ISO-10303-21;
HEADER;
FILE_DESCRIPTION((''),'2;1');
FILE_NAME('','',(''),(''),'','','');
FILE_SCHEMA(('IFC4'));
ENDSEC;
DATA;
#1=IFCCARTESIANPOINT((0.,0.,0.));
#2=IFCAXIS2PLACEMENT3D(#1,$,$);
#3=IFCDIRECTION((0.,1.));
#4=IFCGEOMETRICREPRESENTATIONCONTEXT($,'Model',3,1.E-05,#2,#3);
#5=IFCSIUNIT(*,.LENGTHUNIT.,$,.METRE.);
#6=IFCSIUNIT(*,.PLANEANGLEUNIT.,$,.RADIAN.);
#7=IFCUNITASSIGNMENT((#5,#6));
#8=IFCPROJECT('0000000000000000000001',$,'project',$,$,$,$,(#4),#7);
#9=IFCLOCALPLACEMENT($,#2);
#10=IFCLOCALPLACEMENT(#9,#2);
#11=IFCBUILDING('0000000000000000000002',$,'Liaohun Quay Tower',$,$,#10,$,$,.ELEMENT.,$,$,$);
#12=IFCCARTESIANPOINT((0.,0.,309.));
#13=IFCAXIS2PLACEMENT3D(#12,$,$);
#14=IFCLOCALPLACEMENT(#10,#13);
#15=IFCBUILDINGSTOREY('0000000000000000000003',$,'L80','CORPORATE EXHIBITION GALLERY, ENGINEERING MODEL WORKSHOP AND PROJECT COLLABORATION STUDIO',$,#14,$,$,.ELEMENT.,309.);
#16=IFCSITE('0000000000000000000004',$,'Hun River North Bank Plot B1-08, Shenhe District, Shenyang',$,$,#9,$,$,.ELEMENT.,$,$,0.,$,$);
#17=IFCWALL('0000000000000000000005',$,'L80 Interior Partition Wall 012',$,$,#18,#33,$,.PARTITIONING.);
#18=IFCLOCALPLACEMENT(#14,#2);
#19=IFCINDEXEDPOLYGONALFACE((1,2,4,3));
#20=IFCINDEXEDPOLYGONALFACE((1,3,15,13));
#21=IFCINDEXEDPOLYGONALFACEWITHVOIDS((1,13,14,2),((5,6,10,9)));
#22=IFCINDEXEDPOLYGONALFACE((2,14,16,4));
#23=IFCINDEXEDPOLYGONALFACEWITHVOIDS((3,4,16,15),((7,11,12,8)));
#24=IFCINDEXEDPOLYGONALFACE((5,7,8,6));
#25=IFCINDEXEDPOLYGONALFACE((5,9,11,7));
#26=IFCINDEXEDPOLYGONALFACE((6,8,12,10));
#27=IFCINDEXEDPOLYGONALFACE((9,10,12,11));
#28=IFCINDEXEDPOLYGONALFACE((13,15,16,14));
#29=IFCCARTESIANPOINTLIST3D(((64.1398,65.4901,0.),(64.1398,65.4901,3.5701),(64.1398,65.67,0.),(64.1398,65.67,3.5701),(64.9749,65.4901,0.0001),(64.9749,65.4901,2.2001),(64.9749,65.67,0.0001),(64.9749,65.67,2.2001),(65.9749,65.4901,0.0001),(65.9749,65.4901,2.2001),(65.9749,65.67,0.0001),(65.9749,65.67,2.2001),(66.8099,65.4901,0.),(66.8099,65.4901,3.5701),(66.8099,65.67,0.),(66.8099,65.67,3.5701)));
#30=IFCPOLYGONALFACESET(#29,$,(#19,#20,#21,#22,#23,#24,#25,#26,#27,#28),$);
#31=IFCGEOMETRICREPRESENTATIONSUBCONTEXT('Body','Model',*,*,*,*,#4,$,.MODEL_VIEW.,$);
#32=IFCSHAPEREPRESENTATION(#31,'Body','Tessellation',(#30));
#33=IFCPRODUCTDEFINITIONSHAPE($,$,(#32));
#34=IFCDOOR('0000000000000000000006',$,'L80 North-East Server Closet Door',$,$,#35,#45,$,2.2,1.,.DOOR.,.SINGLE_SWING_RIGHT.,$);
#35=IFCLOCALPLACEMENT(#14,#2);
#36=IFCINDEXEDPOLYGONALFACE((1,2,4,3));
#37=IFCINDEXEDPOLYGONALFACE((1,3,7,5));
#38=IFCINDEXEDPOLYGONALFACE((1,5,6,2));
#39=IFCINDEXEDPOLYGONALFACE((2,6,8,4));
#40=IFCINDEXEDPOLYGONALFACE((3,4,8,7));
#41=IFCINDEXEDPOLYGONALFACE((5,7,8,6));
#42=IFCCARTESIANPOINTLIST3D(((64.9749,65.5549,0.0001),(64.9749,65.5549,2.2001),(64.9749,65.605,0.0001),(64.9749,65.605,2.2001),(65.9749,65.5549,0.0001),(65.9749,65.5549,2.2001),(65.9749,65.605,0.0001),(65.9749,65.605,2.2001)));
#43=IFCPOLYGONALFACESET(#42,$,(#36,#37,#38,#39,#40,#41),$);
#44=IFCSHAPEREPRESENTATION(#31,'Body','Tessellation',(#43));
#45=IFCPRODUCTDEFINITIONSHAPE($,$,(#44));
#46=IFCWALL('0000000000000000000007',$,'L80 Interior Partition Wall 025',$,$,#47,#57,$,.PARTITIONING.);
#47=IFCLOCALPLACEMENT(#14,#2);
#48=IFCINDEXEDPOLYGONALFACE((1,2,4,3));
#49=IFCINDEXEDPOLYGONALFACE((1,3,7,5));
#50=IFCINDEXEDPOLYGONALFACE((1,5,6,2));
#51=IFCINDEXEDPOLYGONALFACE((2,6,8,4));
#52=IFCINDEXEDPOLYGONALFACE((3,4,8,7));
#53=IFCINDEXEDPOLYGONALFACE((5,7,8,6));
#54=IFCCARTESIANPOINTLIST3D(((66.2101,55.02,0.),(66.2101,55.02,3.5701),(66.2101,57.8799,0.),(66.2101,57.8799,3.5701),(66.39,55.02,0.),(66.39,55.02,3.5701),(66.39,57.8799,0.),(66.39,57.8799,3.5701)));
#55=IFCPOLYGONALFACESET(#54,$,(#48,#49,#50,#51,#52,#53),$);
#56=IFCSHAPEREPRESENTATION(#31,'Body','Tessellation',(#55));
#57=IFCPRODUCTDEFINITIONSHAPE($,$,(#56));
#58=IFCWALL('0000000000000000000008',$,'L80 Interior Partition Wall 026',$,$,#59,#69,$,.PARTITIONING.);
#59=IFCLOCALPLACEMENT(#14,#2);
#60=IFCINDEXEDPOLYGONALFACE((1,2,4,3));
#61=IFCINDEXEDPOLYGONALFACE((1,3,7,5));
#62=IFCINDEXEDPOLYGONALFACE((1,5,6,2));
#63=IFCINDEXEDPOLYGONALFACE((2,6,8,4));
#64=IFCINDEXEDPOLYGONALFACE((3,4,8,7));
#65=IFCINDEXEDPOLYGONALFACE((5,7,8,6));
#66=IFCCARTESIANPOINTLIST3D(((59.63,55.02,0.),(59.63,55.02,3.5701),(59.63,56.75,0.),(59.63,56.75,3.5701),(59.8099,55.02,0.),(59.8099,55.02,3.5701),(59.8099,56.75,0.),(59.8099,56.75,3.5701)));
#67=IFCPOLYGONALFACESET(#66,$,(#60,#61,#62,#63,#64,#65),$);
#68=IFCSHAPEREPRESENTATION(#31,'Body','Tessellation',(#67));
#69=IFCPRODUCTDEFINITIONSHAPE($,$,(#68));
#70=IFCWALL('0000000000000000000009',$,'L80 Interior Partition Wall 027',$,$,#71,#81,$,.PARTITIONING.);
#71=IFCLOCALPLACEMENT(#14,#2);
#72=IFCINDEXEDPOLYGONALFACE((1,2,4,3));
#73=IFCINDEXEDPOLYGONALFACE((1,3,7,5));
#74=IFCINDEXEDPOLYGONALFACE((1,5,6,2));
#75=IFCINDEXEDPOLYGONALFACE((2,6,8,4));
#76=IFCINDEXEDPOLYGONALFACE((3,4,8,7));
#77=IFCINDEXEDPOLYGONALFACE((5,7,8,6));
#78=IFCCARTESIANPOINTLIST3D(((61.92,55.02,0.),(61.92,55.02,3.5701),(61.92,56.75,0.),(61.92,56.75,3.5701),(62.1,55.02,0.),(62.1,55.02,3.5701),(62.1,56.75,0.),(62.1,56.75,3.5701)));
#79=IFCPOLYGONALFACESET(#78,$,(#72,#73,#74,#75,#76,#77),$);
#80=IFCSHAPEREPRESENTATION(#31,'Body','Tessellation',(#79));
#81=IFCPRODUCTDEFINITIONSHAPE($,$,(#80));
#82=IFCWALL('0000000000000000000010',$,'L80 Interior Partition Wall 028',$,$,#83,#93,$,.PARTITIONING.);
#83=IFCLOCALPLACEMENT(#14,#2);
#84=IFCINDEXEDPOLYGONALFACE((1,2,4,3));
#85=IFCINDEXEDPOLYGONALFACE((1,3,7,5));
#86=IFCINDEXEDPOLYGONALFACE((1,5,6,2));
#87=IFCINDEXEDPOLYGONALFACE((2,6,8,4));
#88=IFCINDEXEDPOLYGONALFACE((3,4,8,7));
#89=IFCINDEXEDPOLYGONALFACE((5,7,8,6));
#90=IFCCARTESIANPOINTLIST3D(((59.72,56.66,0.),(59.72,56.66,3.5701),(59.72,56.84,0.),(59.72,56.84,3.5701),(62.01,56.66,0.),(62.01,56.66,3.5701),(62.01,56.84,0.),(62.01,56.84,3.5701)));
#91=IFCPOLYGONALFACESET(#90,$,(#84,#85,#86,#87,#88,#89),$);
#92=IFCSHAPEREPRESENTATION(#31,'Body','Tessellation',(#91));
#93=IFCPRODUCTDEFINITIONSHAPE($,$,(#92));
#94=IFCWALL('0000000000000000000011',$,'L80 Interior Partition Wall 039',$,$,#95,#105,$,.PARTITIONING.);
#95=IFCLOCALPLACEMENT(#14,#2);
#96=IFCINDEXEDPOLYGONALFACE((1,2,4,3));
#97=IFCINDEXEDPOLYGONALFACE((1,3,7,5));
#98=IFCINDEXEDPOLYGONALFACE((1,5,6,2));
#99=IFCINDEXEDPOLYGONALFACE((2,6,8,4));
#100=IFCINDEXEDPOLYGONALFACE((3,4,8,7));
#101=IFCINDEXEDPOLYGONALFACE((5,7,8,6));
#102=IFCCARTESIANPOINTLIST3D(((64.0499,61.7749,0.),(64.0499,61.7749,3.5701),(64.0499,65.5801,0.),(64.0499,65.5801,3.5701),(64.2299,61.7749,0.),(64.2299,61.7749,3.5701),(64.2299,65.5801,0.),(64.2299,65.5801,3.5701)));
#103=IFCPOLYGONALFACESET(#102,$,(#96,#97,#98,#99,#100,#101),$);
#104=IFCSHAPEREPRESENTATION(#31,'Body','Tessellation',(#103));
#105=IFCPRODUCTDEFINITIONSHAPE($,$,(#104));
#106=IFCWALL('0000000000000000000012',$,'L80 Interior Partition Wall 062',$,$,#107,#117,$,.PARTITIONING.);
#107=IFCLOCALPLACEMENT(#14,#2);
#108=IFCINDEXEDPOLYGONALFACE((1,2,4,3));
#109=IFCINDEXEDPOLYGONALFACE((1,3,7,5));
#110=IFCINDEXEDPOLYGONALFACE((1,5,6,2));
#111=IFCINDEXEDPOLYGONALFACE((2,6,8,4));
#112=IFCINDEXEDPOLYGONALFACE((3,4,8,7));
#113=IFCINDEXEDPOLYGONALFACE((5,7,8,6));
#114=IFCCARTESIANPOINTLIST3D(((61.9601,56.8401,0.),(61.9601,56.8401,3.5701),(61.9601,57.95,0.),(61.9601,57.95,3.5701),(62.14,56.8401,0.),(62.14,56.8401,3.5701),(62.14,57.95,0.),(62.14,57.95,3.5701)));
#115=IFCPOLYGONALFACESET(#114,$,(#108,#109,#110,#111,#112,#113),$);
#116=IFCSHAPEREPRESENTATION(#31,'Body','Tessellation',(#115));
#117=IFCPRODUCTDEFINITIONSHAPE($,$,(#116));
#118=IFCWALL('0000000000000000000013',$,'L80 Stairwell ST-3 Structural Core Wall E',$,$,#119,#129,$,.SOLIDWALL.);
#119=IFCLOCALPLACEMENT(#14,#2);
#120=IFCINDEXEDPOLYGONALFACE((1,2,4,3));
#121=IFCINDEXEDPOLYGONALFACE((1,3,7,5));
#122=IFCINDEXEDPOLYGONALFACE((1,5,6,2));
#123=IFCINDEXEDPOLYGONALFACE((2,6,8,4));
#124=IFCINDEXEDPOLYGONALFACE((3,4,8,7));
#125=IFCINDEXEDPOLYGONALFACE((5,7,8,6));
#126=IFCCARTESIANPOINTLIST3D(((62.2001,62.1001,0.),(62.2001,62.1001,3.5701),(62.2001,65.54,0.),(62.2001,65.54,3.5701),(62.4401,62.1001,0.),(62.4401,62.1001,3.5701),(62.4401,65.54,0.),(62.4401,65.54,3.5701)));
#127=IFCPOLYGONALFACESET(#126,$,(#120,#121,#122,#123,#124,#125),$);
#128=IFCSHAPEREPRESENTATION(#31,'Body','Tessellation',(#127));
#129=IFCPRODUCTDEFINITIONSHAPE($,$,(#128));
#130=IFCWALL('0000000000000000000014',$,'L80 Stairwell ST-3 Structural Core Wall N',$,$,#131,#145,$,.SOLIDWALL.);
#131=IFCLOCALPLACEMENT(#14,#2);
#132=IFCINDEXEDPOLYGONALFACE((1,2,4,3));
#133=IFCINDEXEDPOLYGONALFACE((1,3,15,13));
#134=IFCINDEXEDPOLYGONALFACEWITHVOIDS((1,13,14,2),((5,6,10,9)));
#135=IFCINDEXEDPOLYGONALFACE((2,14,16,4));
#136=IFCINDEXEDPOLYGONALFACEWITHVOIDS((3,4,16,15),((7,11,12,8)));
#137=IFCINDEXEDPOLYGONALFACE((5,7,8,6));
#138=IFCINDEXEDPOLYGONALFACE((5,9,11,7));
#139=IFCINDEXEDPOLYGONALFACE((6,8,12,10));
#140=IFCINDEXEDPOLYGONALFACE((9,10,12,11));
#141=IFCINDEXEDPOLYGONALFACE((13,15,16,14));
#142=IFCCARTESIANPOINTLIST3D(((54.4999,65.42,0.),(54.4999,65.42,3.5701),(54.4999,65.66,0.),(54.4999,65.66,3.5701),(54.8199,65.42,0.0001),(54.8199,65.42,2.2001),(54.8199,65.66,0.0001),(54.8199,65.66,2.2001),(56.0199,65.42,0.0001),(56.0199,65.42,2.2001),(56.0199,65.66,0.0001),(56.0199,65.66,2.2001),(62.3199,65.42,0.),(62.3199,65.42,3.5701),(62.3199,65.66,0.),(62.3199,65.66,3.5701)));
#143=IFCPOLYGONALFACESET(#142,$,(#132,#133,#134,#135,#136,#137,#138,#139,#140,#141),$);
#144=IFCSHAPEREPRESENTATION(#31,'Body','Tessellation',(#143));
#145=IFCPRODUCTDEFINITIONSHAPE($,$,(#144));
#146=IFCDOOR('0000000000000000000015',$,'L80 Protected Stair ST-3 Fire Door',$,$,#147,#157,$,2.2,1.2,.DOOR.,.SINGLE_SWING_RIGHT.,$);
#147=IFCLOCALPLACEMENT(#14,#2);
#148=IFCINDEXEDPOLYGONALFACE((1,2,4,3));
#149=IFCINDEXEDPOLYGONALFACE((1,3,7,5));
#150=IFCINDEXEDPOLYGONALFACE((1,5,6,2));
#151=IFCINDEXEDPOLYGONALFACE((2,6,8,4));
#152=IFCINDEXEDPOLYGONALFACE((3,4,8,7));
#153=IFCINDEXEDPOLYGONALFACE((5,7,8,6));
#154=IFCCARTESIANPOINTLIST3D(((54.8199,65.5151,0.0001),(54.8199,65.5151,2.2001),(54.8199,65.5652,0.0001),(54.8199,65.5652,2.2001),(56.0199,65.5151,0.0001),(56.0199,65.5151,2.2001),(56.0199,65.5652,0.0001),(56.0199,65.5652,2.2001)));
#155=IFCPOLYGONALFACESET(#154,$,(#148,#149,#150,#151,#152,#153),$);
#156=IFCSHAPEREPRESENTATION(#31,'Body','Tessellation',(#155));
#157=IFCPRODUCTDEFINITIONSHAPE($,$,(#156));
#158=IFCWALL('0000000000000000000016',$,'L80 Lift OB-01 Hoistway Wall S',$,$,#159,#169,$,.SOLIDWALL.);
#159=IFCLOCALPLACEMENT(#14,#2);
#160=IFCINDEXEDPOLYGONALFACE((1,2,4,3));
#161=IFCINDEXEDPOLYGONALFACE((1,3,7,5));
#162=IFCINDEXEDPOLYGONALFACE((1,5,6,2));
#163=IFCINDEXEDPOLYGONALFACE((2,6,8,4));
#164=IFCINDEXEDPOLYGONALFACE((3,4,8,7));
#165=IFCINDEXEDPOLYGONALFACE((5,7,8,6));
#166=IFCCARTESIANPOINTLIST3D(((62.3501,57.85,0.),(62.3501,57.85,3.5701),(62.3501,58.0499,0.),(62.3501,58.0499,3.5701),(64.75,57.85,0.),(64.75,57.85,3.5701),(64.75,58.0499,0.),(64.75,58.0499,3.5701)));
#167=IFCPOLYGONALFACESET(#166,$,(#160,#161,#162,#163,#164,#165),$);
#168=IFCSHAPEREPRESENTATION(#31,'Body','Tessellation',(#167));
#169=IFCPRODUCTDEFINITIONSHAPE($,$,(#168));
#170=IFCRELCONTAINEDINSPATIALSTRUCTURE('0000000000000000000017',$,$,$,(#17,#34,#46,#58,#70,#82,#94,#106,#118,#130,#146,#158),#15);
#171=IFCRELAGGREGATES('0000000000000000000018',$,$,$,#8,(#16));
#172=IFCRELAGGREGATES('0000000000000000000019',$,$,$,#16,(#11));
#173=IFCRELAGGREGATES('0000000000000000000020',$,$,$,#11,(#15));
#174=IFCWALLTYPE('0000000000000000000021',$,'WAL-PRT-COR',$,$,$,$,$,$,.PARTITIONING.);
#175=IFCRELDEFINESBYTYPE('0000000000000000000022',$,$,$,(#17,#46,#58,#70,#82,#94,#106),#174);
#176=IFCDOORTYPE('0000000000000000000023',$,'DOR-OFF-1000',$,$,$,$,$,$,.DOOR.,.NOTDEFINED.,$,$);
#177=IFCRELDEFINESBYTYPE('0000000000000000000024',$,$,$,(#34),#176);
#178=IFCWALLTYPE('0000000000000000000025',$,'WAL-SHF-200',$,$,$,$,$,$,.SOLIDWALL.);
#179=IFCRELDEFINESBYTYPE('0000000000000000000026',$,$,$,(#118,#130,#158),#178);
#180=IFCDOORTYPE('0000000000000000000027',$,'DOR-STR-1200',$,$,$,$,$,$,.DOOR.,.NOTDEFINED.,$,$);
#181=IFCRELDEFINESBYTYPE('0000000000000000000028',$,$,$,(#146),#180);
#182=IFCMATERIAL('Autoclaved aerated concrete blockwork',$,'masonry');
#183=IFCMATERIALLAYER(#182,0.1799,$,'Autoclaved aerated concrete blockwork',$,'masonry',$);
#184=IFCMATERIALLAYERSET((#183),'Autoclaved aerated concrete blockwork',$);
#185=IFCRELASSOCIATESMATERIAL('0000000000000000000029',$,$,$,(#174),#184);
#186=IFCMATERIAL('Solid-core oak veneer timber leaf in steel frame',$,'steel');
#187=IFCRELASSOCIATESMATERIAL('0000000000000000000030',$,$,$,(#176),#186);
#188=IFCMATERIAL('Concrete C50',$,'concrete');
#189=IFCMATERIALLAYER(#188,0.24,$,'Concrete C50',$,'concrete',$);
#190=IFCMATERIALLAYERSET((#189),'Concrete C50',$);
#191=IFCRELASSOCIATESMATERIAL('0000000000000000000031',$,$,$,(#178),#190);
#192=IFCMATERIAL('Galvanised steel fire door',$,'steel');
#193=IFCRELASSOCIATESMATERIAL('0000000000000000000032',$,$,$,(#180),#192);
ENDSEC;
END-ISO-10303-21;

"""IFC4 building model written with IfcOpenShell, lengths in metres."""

from ifc_helpers import new_model, si_unit, direction, frame, frame_2d, origin, place, context, subcontext, project, spatial, rectangle, extrude, source, transform, mapped, material, layer, layer_set, type_object, element, fill, save


model = new_model("IFC4")

# Units and contexts
model_context = context("Model", 3, precision=1e-05, world=origin(), true_north=direction((0.0, 1.0)))
body_context = subcontext(model_context, "Body", "Model", "MODEL_VIEW")
ifc_project = project(units=[si_unit("LENGTHUNIT", "METRE"), si_unit("PLANEANGLEUNIT", "RADIAN")], contexts=[model_context])

# Site, building, storey
site_placement = place(None, origin())
site = spatial("IfcSite", under=ifc_project, at=site_placement, Name="Hun River North Bank Plot B1-08, Shenhe District, Shenyang", CompositionType="ELEMENT", RefElevation=0.0)
building_placement = place(site_placement, origin())
building = spatial("IfcBuilding", under=site, at=building_placement, Name="Liaohun Quay Tower", CompositionType="ELEMENT")
storey_placement = place(building_placement, frame((0.0, 0.0, 309.0)))
storey = spatial("IfcBuildingStorey", under=building, at=storey_placement, Name="L80", Description="CORPORATE EXHIBITION GALLERY, ENGINEERING MODEL WORKSHOP AND PROJECT COLLABORATION STUDIO", CompositionType="ELEMENT", Elevation=309.0)

# Shared definitions
ifc_material_1 = material(Name="Concrete C50", Category="concrete")

# Wall, opening, door
ifc_material_2 = material(Name="Autoclaved aerated concrete blockwork", Category="masonry")
ifc_layer_1 = layer(ifc_material_2, 0.1799, Name="Autoclaved aerated concrete blockwork", Category="masonry")
ifc_layer_set_1 = layer_set([ifc_layer_1], Name="Autoclaved aerated concrete blockwork")
wall_type_1 = type_object("IfcWallType", Name="WAL-PRT-COR", PredefinedType="PARTITIONING", material=ifc_layer_set_1)
wall_1_placement = place(storey_placement, frame((64.1399, 65.5801, 0.0), z_axis=(0.0, 0.0, 1.0), x_axis=(1.0, 0.0, 0.0)))
wall_1 = element("IfcWall", 1, at=wall_1_placement, inside=storey, type_object=wall_type_1, Name="L80 Interior Partition Wall 012", PredefinedType="PARTITIONING", context=body_context, shape_type="SweptSolid", body=[
    extrude(rectangle(XDim=2.6702, YDim=0.1799, at=frame_2d((1.335, 0.0))), origin(), (0.0, 0.0, 1.0), 3.5701),
])
shared_shape_1 = source(origin(), body_context, "Body", "SweptSolid", [
    extrude(rectangle(XDim=1.0, YDim=2.2, at=frame_2d((0.5, 1.1001))), frame((0.0, 0.0999, 0.0), z_axis=(0.0, -1.0, 0.0), x_axis=(1.0, 0.0, 0.0)), (0.0, 0.0, 1.0), 0.2),
])
opening_1_placement = place(wall_1_placement, frame((0.835, 0.0, 0.0)))
opening_1 = element("IfcOpeningElement", 2, at=opening_1_placement, cuts=wall_1, PredefinedType="OPENING", context=body_context, shape_type="MappedRepresentation", body=[
    mapped(shared_shape_1, transform((0.0, 0.0, 0.0), x_axis=(1.0, 0.0, 0.0), y_axis=(0.0, 1.0, 0.0), z_axis=(0.0, 0.0, 1.0), scale=1.0)),
])
ifc_material_3 = material(Name="Solid-core oak veneer timber leaf in steel frame", Category="steel")
door_type_1 = type_object("IfcDoorType", Name="DOR-OFF-1000", OperationType="NOTDEFINED", PredefinedType="DOOR", material=ifc_material_3)
shared_shape_2 = source(origin(), body_context, "Body", "SweptSolid", [
    extrude(rectangle(XDim=1.0, YDim=2.2, at=frame_2d((0.5, 1.1001))), frame((0.0, 0.0249, 0.0), z_axis=(0.0, -1.0, 0.0), x_axis=(1.0, 0.0, 0.0)), (0.0, 0.0, 1.0), 0.05),
])
door_1_placement = place(opening_1_placement, origin())
door_1 = element("IfcDoor", 3, at=door_1_placement, inside=storey, type_object=door_type_1, Name="L80 North-East Server Closet Door", OperationType="SINGLE_SWING_RIGHT", OverallHeight=2.2, OverallWidth=1.0, PredefinedType="DOOR", context=body_context, shape_type="MappedRepresentation", body=[
    mapped(shared_shape_2, transform((0.0, 0.0, 0.0), x_axis=(1.0, 0.0, 0.0), y_axis=(0.0, 1.0, 0.0), z_axis=(0.0, 0.0, 1.0), scale=1.0)),
])
fill(opening_1, door_1)

# Walls
wall_2_placement = place(storey_placement, frame((66.3, 55.02, 0.0), z_axis=(0.0, 0.0, 1.0), x_axis=(0.0, 1.0, 0.0)))
element("IfcWall", 4, at=wall_2_placement, inside=storey, type_object=wall_type_1, Name="L80 Interior Partition Wall 025", PredefinedType="PARTITIONING", context=body_context, shape_type="SweptSolid", body=[
    extrude(rectangle(XDim=2.8599, YDim=0.1799, at=frame_2d((1.4299, 0.0))), origin(), (0.0, 0.0, 1.0), 3.5701),
])
for number, where, z_axis, x_axis, name in (
    (5, (59.72, 55.02, 0.0), (0.0, 0.0, 1.0), (0.0, 1.0, 0.0), "L80 Interior Partition Wall 026"),
    (6, (62.01, 55.02, 0.0), (0.0, 0.0, 1.0), (0.0, 1.0, 0.0), "L80 Interior Partition Wall 027"),
):
    element("IfcWall", number, at=place(storey_placement, frame(where, z_axis=z_axis, x_axis=x_axis)), inside=storey, type_object=wall_type_1, Name=name, PredefinedType="PARTITIONING", context=body_context, shape_type="SweptSolid", body=[
        extrude(rectangle(XDim=1.73, YDim=0.1799, at=frame_2d((0.865, 0.0))), origin(), (0.0, 0.0, 1.0), 3.5701),
    ])
wall_3_placement = place(storey_placement, frame((59.72, 56.75, 0.0), z_axis=(0.0, 0.0, 1.0), x_axis=(1.0, 0.0, 0.0)))
element("IfcWall", 7, at=wall_3_placement, inside=storey, type_object=wall_type_1, Name="L80 Interior Partition Wall 028", PredefinedType="PARTITIONING", context=body_context, shape_type="SweptSolid", body=[
    extrude(rectangle(XDim=2.29, YDim=0.1799, at=frame_2d((1.145, 0.0))), origin(), (0.0, 0.0, 1.0), 3.5701),
])
wall_4_placement = place(storey_placement, frame((64.1399, 61.7749, 0.0), z_axis=(0.0, 0.0, 1.0), x_axis=(0.0, 1.0, 0.0)))
element("IfcWall", 8, at=wall_4_placement, inside=storey, type_object=wall_type_1, Name="L80 Interior Partition Wall 039", PredefinedType="PARTITIONING", context=body_context, shape_type="SweptSolid", body=[
    extrude(rectangle(XDim=3.8052, YDim=0.1799, at=frame_2d((1.9026, 0.0))), origin(), (0.0, 0.0, 1.0), 3.5701),
])
wall_5_placement = place(storey_placement, frame((62.05, 56.8401, 0.0), z_axis=(0.0, 0.0, 1.0), x_axis=(0.0, 1.0, 0.0)))
element("IfcWall", 9, at=wall_5_placement, inside=storey, type_object=wall_type_1, Name="L80 Interior Partition Wall 062", PredefinedType="PARTITIONING", context=body_context, shape_type="SweptSolid", body=[
    extrude(rectangle(XDim=1.1099, YDim=0.1799, at=frame_2d((0.5549, 0.0))), origin(), (0.0, 0.0, 1.0), 3.5701),
])
ifc_layer_2 = layer(ifc_material_1, 0.24, Name="Concrete C50", Category="concrete")
ifc_layer_set_2 = layer_set([ifc_layer_2], Name="Concrete C50")
wall_type_2 = type_object("IfcWallType", Name="WAL-SHF-200", PredefinedType="SOLIDWALL", material=ifc_layer_set_2)
wall_6_placement = place(storey_placement, frame((62.3201, 62.1001, 0.0), z_axis=(0.0, 0.0, 1.0), x_axis=(0.0, 1.0, 0.0)))
element("IfcWall", 10, at=wall_6_placement, inside=storey, type_object=wall_type_2, Name="L80 Stairwell ST-3 Structural Core Wall E", PredefinedType="SOLIDWALL", context=body_context, shape_type="SweptSolid", body=[
    extrude(rectangle(XDim=3.4399, YDim=0.24, at=frame_2d((1.72, 0.0))), origin(), (0.0, 0.0, 1.0), 3.5701),
])

# Wall, opening, door
wall_7_placement = place(storey_placement, frame((62.3201, 65.54, 0.0), z_axis=(0.0, 0.0, 1.0), x_axis=(-1.0, 0.0, 0.0)))
wall_7 = element("IfcWall", 11, at=wall_7_placement, inside=storey, type_object=wall_type_2, Name="L80 Stairwell ST-3 Structural Core Wall N", PredefinedType="SOLIDWALL", context=body_context, shape_type="SweptSolid", body=[
    extrude(rectangle(XDim=7.8201, YDim=0.24, at=frame_2d((3.9102, 0.0))), origin(), (0.0, 0.0, 1.0), 3.5701),
])
shared_shape_3 = source(origin(), body_context, "Body", "SweptSolid", [
    extrude(rectangle(XDim=1.2, YDim=2.2, at=frame_2d((0.6001, 1.1001))), frame((0.0, 0.1299, 0.0), z_axis=(0.0, -1.0, 0.0), x_axis=(1.0, 0.0, 0.0)), (0.0, 0.0, 1.0), 0.26),
])
opening_2_placement = place(wall_7_placement, frame((6.3, 0.0, 0.0)))
opening_2 = element("IfcOpeningElement", 12, at=opening_2_placement, cuts=wall_7, PredefinedType="OPENING", context=body_context, shape_type="MappedRepresentation", body=[
    mapped(shared_shape_3, transform((0.0, 0.0, 0.0), x_axis=(1.0, 0.0, 0.0), y_axis=(0.0, 1.0, 0.0), z_axis=(0.0, 0.0, 1.0), scale=1.0)),
])
ifc_material_4 = material(Name="Galvanised steel fire door", Category="steel")
door_type_2 = type_object("IfcDoorType", Name="DOR-STR-1200", OperationType="NOTDEFINED", PredefinedType="DOOR", material=ifc_material_4)
shared_shape_4 = source(origin(), body_context, "Body", "SweptSolid", [
    extrude(rectangle(XDim=1.2, YDim=2.2, at=frame_2d((0.6001, 1.1001))), frame((0.0, 0.0249, 0.0), z_axis=(0.0, -1.0, 0.0), x_axis=(1.0, 0.0, 0.0)), (0.0, 0.0, 1.0), 0.05),
])
door_2_placement = place(opening_2_placement, origin())
door_2 = element("IfcDoor", 13, at=door_2_placement, inside=storey, type_object=door_type_2, Name="L80 Protected Stair ST-3 Fire Door", OperationType="SINGLE_SWING_RIGHT", OverallHeight=2.2, OverallWidth=1.2, PredefinedType="DOOR", context=body_context, shape_type="MappedRepresentation", body=[
    mapped(shared_shape_4, transform((0.0, 0.0, 0.0), x_axis=(1.0, 0.0, 0.0), y_axis=(0.0, 1.0, 0.0), z_axis=(0.0, 0.0, 1.0), scale=1.0)),
])
fill(opening_2, door_2)

# Wall
wall_8_placement = place(storey_placement, frame((62.3501, 57.95, 0.0), z_axis=(0.0, 0.0, 1.0), x_axis=(1.0, 0.0, 0.0)))
element("IfcWall", 14, at=wall_8_placement, inside=storey, type_object=wall_type_2, Name="L80 Lift OB-01 Hoistway Wall S", PredefinedType="SOLIDWALL", context=body_context, shape_type="SweptSolid", body=[
    extrude(rectangle(XDim=2.3999, YDim=0.2, at=frame_2d((1.2, 0.0))), origin(), (0.0, 0.0, 1.0), 3.5701),
])

save(model, "model.ifc")
